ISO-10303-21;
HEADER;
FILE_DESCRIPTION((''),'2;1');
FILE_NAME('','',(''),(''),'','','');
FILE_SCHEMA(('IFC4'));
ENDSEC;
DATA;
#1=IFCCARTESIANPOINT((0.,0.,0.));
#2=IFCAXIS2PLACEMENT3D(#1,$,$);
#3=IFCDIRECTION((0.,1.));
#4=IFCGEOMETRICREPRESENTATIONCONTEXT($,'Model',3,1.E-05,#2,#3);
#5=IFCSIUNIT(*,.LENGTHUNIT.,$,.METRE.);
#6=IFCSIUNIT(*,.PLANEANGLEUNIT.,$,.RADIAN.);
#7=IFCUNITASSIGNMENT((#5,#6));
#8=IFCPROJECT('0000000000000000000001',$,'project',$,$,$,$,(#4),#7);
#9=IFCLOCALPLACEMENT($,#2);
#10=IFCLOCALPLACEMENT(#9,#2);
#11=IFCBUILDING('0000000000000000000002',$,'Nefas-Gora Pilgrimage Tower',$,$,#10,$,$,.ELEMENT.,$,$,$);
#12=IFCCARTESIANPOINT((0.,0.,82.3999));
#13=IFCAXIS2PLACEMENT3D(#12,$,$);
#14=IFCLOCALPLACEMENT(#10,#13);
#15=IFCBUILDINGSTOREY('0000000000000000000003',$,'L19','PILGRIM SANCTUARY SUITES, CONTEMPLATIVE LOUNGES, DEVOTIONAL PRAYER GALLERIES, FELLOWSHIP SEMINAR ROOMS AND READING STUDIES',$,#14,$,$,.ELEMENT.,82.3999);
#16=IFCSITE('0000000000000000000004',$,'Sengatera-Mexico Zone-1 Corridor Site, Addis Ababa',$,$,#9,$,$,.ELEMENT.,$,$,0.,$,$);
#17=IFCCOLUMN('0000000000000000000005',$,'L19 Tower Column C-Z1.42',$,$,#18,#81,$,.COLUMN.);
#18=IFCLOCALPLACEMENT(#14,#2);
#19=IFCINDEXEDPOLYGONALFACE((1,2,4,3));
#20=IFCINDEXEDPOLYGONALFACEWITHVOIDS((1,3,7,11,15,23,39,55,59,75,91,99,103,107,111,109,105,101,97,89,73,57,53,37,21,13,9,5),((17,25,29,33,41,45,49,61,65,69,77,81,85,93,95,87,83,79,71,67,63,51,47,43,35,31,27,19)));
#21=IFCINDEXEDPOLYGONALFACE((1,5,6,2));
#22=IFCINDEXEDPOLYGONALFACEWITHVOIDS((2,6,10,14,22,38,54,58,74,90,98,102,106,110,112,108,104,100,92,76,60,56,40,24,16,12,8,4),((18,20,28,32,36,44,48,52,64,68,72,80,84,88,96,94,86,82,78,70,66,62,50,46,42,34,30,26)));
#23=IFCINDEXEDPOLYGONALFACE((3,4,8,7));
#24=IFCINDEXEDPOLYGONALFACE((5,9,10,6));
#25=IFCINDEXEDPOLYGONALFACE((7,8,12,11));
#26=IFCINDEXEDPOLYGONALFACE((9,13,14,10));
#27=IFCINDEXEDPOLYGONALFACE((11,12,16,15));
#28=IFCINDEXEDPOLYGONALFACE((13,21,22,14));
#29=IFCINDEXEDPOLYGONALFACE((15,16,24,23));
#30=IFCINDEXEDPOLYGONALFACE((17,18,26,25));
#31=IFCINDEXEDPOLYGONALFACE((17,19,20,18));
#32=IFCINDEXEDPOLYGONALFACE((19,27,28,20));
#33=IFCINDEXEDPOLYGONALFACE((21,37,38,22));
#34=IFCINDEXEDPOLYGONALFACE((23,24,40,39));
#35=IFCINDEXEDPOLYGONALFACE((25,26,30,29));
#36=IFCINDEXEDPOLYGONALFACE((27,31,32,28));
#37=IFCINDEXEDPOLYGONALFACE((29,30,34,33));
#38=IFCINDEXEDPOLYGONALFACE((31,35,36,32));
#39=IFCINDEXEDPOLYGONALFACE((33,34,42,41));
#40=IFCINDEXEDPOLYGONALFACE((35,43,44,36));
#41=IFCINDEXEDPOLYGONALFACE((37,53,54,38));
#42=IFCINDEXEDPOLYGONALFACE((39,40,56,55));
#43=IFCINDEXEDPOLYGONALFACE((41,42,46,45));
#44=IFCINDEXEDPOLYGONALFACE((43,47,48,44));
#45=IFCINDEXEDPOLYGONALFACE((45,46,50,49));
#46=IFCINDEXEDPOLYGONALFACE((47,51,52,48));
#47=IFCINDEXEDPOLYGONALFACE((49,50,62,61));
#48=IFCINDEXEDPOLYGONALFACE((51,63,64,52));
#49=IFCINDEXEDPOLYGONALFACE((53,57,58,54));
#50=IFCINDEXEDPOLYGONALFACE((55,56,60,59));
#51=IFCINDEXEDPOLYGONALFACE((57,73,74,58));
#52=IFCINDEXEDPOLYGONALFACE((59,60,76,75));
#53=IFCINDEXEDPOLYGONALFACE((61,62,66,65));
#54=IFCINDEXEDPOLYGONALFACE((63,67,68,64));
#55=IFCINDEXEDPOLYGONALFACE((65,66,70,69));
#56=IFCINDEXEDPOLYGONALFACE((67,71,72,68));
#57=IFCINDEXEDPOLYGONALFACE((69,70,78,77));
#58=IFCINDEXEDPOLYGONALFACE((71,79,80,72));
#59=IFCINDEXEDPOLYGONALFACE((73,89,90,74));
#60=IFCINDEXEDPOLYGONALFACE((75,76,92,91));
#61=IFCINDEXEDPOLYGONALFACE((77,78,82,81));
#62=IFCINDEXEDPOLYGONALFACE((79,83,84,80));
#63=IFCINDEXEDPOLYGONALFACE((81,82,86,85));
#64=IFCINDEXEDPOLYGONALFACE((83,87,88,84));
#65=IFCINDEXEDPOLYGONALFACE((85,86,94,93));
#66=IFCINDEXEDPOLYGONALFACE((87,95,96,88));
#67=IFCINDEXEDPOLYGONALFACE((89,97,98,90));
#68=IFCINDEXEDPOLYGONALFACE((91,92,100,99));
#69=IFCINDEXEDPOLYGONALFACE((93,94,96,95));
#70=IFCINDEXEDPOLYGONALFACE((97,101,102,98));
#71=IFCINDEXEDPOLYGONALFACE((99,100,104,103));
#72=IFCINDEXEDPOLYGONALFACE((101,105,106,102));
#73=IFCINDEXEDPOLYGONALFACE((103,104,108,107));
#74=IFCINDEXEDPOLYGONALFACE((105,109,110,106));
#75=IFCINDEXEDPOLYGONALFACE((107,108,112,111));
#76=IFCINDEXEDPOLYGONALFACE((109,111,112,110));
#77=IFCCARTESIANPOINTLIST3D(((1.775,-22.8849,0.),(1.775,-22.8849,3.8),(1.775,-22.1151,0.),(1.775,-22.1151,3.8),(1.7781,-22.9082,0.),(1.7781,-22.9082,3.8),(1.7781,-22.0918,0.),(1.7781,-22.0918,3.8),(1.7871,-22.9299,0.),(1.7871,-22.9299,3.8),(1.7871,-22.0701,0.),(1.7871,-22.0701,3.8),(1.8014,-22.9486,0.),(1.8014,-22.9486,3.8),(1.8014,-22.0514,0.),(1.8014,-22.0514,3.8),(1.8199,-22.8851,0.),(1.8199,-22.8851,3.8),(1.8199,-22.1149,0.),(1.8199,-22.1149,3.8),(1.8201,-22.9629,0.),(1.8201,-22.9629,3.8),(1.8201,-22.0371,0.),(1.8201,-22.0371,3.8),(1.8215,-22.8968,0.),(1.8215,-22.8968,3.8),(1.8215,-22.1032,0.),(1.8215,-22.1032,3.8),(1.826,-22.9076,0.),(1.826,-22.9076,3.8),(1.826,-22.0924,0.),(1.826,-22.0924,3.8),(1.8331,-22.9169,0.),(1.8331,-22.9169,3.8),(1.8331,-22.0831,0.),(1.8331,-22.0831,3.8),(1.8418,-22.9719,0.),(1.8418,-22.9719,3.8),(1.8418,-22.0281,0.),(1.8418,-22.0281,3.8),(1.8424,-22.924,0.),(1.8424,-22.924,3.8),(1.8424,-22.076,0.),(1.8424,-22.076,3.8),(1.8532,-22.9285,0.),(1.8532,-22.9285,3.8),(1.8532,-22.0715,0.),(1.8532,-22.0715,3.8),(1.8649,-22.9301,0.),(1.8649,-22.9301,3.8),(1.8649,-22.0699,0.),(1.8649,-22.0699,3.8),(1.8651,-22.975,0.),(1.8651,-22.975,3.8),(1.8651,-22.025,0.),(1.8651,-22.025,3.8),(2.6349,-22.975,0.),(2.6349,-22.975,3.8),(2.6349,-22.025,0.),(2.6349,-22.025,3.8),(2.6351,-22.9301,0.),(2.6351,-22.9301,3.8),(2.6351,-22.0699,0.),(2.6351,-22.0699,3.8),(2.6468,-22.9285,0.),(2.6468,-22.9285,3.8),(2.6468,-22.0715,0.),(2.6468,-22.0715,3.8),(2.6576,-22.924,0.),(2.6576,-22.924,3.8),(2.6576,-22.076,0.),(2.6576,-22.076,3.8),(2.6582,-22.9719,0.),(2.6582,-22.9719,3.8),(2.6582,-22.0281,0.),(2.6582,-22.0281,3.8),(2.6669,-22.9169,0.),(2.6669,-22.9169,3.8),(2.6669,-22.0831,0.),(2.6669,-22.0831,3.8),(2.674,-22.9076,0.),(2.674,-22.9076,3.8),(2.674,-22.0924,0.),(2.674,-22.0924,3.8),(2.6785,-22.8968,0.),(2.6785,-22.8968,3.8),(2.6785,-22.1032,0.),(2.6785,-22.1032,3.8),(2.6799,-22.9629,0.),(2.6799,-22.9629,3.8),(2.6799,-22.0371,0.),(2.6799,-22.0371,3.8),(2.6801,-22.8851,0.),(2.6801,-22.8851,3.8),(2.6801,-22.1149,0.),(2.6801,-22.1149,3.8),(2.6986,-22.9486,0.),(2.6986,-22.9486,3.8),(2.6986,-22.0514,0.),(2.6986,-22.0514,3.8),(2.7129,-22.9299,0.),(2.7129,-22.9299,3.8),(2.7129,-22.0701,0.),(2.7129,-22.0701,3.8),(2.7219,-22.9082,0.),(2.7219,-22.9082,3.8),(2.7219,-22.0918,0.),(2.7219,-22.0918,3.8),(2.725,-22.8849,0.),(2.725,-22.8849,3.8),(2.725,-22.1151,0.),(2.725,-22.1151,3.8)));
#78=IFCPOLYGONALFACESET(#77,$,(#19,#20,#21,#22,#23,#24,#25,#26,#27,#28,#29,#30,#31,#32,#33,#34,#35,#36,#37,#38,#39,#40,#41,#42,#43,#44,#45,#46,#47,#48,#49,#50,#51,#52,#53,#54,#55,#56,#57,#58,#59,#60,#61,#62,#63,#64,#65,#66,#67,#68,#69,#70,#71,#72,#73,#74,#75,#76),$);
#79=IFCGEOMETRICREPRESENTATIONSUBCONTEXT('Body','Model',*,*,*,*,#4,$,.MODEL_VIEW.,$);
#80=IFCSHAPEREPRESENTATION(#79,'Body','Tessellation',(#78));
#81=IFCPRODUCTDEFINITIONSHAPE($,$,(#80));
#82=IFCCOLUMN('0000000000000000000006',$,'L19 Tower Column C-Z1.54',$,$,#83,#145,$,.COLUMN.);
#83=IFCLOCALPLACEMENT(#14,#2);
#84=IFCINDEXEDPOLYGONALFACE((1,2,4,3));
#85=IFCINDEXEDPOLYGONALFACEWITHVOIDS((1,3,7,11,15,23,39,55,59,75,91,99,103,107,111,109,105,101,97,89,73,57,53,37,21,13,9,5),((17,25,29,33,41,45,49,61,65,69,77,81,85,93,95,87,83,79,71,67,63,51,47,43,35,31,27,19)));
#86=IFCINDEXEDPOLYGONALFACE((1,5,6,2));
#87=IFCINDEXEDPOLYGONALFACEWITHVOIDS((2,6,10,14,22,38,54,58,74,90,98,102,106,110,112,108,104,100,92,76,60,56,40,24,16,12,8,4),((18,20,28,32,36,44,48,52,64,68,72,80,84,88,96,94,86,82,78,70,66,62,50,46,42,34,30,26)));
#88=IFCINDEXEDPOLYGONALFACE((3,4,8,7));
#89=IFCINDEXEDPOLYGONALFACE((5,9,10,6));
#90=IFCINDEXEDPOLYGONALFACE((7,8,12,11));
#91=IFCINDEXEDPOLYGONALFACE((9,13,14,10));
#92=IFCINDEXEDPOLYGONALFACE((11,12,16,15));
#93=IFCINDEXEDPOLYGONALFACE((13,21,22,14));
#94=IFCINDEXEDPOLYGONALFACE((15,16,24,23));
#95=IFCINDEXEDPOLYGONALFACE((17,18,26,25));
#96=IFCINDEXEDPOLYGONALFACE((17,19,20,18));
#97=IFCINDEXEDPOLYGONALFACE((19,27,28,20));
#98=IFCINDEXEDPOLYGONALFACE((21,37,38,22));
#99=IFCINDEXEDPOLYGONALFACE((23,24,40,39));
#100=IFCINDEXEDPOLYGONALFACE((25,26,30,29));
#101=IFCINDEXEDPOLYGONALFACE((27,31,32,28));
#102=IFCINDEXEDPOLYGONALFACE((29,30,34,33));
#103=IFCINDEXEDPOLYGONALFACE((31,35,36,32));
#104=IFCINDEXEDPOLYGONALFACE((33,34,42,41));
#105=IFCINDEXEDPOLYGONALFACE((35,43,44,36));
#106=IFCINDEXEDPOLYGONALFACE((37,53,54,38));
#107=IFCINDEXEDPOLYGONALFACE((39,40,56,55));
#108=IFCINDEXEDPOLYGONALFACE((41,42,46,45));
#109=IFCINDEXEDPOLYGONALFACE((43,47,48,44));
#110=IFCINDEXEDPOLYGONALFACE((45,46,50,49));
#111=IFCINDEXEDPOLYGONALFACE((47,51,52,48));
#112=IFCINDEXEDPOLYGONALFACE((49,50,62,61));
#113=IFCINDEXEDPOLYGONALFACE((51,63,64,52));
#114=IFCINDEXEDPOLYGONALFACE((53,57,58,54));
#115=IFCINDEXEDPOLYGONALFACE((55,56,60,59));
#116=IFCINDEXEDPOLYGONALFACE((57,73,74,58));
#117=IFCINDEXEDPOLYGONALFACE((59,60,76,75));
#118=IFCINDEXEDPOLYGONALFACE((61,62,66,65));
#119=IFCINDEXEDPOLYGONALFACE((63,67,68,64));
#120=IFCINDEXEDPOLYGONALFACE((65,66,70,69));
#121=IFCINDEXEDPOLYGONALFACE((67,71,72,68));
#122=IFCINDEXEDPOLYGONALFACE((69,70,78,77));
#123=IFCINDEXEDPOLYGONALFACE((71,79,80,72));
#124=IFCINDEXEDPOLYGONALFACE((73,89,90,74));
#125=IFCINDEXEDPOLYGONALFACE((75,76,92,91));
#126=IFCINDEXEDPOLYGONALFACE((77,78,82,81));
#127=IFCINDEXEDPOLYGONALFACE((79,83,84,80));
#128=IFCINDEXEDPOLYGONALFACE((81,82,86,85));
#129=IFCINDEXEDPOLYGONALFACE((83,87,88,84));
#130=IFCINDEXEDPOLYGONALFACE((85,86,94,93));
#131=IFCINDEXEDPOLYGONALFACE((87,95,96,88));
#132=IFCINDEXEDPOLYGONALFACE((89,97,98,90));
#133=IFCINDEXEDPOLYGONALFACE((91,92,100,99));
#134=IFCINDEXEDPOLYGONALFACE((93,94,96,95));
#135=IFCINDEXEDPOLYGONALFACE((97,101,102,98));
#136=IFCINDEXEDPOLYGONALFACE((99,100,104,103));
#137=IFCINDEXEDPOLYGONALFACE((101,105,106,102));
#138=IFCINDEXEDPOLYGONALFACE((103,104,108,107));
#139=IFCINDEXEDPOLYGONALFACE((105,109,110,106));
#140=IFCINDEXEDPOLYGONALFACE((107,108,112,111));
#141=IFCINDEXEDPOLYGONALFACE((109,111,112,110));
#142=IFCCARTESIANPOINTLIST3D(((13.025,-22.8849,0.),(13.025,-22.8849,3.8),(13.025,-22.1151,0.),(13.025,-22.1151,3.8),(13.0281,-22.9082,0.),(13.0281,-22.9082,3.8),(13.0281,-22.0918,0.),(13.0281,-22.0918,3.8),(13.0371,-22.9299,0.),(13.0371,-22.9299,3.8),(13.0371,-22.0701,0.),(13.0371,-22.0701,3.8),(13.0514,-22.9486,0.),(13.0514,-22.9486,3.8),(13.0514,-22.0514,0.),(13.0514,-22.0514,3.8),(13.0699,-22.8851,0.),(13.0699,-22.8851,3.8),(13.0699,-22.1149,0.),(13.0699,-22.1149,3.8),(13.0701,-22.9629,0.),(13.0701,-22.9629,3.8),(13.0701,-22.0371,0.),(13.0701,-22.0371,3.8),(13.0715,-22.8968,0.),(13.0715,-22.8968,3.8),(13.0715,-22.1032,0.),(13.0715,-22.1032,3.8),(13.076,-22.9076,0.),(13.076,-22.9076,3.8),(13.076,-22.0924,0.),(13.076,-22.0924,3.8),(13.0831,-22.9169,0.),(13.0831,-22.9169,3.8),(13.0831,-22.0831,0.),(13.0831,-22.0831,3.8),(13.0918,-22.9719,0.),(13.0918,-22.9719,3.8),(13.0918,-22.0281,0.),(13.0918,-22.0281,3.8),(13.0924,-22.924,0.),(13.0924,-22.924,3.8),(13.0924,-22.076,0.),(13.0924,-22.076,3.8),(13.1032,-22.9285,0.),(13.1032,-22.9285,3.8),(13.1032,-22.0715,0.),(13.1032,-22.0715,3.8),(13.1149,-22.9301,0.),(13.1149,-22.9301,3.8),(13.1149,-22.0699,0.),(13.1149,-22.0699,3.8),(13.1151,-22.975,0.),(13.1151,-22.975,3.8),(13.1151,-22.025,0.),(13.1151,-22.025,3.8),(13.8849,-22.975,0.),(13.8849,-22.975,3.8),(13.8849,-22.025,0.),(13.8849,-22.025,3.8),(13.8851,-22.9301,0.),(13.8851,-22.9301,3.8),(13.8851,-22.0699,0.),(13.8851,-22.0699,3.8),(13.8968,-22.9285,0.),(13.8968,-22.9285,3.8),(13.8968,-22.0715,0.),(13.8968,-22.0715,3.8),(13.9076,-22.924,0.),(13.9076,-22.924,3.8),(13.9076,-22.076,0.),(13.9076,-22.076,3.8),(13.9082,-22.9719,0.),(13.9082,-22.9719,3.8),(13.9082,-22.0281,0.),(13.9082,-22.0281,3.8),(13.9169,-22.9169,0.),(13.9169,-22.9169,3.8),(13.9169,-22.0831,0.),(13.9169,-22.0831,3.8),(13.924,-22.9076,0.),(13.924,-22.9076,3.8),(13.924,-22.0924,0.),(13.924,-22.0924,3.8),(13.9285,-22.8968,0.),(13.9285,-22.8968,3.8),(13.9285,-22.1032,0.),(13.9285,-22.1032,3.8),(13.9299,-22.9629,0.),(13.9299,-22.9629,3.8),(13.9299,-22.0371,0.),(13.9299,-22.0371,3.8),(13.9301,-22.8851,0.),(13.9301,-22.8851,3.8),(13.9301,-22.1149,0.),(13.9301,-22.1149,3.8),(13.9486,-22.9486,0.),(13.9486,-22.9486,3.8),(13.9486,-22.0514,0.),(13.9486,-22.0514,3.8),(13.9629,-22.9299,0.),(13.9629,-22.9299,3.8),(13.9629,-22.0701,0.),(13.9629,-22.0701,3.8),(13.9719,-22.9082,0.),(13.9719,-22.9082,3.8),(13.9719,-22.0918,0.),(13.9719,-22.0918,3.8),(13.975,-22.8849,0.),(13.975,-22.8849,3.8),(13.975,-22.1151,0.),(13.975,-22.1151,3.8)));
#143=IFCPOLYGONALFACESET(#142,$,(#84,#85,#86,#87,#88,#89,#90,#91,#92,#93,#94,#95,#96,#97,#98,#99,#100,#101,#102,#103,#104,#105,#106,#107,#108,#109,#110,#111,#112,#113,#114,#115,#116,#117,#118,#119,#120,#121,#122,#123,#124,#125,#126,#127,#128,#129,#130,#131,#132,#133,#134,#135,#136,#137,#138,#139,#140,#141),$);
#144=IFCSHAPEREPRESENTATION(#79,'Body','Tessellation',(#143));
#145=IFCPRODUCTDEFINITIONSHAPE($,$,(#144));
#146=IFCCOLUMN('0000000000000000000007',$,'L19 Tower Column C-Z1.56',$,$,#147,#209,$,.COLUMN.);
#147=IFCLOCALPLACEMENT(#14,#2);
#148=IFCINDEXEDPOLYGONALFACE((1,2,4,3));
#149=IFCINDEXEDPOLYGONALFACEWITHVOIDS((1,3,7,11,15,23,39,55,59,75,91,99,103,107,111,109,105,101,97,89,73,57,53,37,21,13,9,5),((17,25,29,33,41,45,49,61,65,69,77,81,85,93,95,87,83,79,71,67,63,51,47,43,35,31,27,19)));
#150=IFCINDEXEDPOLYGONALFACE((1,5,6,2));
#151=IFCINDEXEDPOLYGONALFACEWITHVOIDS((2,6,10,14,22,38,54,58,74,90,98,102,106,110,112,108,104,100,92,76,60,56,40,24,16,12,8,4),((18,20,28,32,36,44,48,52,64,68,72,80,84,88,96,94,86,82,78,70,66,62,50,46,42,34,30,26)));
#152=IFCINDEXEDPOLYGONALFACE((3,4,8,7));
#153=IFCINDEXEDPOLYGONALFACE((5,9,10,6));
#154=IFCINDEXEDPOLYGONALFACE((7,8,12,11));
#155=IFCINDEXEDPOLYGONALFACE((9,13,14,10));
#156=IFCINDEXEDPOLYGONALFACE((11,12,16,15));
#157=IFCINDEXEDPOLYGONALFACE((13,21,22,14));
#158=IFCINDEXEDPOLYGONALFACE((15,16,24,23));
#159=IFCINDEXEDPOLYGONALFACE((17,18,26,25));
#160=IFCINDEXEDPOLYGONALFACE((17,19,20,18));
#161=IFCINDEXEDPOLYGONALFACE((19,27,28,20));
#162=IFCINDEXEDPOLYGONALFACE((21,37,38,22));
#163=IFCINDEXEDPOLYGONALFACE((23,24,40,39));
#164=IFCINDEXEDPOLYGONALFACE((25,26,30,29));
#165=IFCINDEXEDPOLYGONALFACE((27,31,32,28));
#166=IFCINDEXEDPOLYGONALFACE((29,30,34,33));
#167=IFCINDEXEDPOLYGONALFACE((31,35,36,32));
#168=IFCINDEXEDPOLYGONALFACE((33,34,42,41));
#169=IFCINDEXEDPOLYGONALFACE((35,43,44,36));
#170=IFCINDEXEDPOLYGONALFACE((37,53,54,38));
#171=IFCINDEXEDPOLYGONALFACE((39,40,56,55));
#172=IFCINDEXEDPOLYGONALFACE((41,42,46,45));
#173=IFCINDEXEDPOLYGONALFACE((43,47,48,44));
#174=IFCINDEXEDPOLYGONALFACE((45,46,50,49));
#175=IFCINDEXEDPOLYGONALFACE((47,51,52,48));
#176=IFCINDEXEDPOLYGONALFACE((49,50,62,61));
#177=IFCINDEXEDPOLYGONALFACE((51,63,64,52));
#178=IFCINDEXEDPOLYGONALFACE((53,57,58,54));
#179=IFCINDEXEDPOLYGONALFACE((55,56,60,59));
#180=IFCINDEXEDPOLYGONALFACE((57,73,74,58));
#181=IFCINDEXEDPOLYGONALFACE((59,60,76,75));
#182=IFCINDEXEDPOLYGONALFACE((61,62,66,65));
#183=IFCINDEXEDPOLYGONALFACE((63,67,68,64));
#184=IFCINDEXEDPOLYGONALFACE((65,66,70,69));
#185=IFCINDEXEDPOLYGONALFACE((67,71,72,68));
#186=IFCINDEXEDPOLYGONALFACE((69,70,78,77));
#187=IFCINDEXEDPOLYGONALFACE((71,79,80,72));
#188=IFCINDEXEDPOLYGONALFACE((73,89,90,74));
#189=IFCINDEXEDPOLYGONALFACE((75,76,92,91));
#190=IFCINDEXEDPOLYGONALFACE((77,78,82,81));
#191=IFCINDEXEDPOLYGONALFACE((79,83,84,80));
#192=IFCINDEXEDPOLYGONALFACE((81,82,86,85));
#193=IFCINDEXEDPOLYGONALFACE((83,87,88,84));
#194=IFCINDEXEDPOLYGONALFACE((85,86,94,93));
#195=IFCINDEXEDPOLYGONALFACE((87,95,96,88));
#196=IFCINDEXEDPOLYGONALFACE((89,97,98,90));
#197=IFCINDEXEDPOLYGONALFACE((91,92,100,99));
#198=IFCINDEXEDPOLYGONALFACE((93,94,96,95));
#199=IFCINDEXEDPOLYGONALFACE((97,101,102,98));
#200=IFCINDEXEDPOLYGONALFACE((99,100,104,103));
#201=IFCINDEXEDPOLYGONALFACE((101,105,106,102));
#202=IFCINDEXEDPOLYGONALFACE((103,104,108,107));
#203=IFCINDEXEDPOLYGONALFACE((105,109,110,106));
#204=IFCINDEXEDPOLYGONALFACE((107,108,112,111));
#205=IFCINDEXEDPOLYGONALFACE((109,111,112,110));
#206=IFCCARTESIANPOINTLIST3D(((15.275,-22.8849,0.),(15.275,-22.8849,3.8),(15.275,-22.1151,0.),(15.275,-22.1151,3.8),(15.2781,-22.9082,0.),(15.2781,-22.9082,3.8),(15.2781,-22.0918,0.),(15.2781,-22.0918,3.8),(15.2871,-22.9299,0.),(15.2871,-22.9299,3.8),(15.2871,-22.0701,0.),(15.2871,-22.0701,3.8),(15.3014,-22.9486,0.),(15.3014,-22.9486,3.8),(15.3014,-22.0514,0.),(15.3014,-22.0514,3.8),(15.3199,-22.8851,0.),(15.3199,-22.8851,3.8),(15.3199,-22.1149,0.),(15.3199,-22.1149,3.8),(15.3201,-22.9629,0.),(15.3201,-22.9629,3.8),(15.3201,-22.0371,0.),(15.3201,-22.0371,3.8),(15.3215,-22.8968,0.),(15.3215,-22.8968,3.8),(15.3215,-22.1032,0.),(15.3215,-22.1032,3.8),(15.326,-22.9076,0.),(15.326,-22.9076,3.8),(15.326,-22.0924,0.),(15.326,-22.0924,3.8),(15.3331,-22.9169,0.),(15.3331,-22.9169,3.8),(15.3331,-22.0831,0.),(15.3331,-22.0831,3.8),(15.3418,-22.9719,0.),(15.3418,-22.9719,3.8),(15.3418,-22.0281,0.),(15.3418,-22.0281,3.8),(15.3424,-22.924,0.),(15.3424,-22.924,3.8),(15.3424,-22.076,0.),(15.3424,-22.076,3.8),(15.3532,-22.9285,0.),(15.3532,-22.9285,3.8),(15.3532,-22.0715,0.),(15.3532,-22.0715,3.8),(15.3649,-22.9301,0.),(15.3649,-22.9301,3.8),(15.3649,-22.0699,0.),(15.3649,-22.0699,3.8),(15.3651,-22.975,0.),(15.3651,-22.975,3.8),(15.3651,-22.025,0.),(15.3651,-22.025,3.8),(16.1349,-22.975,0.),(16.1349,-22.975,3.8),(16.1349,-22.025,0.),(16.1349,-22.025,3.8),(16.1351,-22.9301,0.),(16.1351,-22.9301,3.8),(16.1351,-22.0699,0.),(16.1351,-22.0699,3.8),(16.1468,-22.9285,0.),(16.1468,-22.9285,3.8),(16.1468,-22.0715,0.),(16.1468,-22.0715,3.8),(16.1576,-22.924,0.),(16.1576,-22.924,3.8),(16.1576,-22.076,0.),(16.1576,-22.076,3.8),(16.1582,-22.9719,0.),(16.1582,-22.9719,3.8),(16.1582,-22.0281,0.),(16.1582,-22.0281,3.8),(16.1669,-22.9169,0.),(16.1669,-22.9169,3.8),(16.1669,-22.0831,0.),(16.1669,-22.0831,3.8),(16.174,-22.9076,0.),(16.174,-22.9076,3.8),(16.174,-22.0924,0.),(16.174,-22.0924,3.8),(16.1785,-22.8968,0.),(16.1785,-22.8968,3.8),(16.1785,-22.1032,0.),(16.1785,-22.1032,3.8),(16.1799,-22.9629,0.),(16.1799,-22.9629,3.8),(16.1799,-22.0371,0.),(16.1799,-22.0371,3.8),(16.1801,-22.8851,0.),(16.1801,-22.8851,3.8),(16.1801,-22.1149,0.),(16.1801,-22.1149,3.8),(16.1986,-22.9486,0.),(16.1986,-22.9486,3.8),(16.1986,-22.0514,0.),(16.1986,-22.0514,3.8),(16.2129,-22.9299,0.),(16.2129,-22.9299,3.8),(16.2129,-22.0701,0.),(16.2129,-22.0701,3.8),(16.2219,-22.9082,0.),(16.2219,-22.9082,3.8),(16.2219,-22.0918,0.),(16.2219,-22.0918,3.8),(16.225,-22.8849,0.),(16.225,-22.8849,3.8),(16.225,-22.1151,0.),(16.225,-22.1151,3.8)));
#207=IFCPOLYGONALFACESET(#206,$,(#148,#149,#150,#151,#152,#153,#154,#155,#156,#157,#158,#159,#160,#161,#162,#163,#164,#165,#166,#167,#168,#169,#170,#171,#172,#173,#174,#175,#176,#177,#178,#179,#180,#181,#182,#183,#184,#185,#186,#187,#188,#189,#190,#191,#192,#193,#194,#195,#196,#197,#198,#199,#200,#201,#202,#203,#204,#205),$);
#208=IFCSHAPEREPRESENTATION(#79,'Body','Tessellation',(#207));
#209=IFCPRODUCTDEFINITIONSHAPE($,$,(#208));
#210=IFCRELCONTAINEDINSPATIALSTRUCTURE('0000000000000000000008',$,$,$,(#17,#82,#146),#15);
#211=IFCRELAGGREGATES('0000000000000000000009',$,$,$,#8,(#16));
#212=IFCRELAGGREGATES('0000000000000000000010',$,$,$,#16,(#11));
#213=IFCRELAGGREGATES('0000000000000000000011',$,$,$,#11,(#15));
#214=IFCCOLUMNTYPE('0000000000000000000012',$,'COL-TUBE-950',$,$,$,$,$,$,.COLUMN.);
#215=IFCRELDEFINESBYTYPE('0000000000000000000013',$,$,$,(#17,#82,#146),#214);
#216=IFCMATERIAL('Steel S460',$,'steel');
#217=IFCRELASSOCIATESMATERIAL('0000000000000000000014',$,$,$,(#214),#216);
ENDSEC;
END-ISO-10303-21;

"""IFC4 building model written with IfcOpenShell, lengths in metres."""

from ifc_helpers import new_model, si_unit, direction, frame, origin, origin_2d, place, context, subcontext, project, spatial, hollow_rectangle, extrude, source, transform, mapped, material, material_profile, profile_set, type_object, element, save


model = new_model("IFC4")

# Units and contexts
model_context = context("Model", 3, precision=1e-05, world=origin(), true_north=direction((0.0, 1.0)))
body_context = subcontext(model_context, "Body", "Model", "MODEL_VIEW")
ifc_project = project(units=[si_unit("LENGTHUNIT", "METRE"), si_unit("PLANEANGLEUNIT", "RADIAN")], contexts=[model_context])

# Site, building, storey
site_placement = place(None, origin())
site = spatial("IfcSite", under=ifc_project, at=site_placement, Name="Sengatera-Mexico Zone-1 Corridor Site, Addis Ababa", CompositionType="ELEMENT", RefElevation=0.0)
building_placement = place(site_placement, origin())
building = spatial("IfcBuilding", under=site, at=building_placement, Name="Nefas-Gora Pilgrimage Tower", CompositionType="ELEMENT")
storey_placement = place(building_placement, frame((0.0, 0.0, 82.3999)))
storey = spatial("IfcBuildingStorey", under=building, at=storey_placement, Name="L19", Description="PILGRIM SANCTUARY SUITES, CONTEMPLATIVE LOUNGES, DEVOTIONAL PRAYER GALLERIES, FELLOWSHIP SEMINAR ROOMS AND READING STUDIES", CompositionType="ELEMENT", Elevation=82.3999)

# Columns
ifc_material_1 = material(Name="Steel S460", Category="steel")
ifc_material_profile_1 = material_profile(ifc_material_1, hollow_rectangle(XDim=0.95, YDim=0.95, WallThickness=0.0449, InnerFilletRadius=0.0449, OuterFilletRadius=0.0901, at=origin_2d()), Name="BOX 950x950x45")
ifc_profile_set_1 = profile_set([ifc_material_profile_1], Name="Steel S460")
column_type_1 = type_object("IfcColumnType", Name="COL-TUBE-950", PredefinedType="COLUMN", material=ifc_profile_set_1)
shared_shape_1 = source(origin(), body_context, "Body", "SweptSolid", [
    extrude(hollow_rectangle(XDim=0.95, YDim=0.95, WallThickness=0.0449, InnerFilletRadius=0.0449, OuterFilletRadius=0.0901, at=origin_2d()), origin(), (0.0, 0.0, 1.0), 3.8),
])
for number, where, z_axis, x_axis, name in (
    (1, (2.25, -22.5, 0.0), (0.0, 0.0, 1.0), (1.0, 0.0, 0.0), "L19 Tower Column C-Z1.42"),
    (2, (13.5, -22.5, 0.0), (0.0, 0.0, 1.0), (1.0, 0.0, 0.0), "L19 Tower Column C-Z1.54"),
    (3, (15.75, -22.5, 0.0), (0.0, 0.0, 1.0), (1.0, 0.0, 0.0), "L19 Tower Column C-Z1.56"),
):
    element("IfcColumn", number, at=place(storey_placement, frame(where, z_axis=z_axis, x_axis=x_axis)), inside=storey, type_object=column_type_1, Name=name, PredefinedType="COLUMN", context=body_context, shape_type="MappedRepresentation", body=[
        mapped(shared_shape_1, transform((0.0, 0.0, 0.0), x_axis=(1.0, 0.0, 0.0), y_axis=(0.0, 1.0, 0.0), z_axis=(0.0, 0.0, 1.0), scale=1.0)),
    ])

save(model, "model.ifc")
